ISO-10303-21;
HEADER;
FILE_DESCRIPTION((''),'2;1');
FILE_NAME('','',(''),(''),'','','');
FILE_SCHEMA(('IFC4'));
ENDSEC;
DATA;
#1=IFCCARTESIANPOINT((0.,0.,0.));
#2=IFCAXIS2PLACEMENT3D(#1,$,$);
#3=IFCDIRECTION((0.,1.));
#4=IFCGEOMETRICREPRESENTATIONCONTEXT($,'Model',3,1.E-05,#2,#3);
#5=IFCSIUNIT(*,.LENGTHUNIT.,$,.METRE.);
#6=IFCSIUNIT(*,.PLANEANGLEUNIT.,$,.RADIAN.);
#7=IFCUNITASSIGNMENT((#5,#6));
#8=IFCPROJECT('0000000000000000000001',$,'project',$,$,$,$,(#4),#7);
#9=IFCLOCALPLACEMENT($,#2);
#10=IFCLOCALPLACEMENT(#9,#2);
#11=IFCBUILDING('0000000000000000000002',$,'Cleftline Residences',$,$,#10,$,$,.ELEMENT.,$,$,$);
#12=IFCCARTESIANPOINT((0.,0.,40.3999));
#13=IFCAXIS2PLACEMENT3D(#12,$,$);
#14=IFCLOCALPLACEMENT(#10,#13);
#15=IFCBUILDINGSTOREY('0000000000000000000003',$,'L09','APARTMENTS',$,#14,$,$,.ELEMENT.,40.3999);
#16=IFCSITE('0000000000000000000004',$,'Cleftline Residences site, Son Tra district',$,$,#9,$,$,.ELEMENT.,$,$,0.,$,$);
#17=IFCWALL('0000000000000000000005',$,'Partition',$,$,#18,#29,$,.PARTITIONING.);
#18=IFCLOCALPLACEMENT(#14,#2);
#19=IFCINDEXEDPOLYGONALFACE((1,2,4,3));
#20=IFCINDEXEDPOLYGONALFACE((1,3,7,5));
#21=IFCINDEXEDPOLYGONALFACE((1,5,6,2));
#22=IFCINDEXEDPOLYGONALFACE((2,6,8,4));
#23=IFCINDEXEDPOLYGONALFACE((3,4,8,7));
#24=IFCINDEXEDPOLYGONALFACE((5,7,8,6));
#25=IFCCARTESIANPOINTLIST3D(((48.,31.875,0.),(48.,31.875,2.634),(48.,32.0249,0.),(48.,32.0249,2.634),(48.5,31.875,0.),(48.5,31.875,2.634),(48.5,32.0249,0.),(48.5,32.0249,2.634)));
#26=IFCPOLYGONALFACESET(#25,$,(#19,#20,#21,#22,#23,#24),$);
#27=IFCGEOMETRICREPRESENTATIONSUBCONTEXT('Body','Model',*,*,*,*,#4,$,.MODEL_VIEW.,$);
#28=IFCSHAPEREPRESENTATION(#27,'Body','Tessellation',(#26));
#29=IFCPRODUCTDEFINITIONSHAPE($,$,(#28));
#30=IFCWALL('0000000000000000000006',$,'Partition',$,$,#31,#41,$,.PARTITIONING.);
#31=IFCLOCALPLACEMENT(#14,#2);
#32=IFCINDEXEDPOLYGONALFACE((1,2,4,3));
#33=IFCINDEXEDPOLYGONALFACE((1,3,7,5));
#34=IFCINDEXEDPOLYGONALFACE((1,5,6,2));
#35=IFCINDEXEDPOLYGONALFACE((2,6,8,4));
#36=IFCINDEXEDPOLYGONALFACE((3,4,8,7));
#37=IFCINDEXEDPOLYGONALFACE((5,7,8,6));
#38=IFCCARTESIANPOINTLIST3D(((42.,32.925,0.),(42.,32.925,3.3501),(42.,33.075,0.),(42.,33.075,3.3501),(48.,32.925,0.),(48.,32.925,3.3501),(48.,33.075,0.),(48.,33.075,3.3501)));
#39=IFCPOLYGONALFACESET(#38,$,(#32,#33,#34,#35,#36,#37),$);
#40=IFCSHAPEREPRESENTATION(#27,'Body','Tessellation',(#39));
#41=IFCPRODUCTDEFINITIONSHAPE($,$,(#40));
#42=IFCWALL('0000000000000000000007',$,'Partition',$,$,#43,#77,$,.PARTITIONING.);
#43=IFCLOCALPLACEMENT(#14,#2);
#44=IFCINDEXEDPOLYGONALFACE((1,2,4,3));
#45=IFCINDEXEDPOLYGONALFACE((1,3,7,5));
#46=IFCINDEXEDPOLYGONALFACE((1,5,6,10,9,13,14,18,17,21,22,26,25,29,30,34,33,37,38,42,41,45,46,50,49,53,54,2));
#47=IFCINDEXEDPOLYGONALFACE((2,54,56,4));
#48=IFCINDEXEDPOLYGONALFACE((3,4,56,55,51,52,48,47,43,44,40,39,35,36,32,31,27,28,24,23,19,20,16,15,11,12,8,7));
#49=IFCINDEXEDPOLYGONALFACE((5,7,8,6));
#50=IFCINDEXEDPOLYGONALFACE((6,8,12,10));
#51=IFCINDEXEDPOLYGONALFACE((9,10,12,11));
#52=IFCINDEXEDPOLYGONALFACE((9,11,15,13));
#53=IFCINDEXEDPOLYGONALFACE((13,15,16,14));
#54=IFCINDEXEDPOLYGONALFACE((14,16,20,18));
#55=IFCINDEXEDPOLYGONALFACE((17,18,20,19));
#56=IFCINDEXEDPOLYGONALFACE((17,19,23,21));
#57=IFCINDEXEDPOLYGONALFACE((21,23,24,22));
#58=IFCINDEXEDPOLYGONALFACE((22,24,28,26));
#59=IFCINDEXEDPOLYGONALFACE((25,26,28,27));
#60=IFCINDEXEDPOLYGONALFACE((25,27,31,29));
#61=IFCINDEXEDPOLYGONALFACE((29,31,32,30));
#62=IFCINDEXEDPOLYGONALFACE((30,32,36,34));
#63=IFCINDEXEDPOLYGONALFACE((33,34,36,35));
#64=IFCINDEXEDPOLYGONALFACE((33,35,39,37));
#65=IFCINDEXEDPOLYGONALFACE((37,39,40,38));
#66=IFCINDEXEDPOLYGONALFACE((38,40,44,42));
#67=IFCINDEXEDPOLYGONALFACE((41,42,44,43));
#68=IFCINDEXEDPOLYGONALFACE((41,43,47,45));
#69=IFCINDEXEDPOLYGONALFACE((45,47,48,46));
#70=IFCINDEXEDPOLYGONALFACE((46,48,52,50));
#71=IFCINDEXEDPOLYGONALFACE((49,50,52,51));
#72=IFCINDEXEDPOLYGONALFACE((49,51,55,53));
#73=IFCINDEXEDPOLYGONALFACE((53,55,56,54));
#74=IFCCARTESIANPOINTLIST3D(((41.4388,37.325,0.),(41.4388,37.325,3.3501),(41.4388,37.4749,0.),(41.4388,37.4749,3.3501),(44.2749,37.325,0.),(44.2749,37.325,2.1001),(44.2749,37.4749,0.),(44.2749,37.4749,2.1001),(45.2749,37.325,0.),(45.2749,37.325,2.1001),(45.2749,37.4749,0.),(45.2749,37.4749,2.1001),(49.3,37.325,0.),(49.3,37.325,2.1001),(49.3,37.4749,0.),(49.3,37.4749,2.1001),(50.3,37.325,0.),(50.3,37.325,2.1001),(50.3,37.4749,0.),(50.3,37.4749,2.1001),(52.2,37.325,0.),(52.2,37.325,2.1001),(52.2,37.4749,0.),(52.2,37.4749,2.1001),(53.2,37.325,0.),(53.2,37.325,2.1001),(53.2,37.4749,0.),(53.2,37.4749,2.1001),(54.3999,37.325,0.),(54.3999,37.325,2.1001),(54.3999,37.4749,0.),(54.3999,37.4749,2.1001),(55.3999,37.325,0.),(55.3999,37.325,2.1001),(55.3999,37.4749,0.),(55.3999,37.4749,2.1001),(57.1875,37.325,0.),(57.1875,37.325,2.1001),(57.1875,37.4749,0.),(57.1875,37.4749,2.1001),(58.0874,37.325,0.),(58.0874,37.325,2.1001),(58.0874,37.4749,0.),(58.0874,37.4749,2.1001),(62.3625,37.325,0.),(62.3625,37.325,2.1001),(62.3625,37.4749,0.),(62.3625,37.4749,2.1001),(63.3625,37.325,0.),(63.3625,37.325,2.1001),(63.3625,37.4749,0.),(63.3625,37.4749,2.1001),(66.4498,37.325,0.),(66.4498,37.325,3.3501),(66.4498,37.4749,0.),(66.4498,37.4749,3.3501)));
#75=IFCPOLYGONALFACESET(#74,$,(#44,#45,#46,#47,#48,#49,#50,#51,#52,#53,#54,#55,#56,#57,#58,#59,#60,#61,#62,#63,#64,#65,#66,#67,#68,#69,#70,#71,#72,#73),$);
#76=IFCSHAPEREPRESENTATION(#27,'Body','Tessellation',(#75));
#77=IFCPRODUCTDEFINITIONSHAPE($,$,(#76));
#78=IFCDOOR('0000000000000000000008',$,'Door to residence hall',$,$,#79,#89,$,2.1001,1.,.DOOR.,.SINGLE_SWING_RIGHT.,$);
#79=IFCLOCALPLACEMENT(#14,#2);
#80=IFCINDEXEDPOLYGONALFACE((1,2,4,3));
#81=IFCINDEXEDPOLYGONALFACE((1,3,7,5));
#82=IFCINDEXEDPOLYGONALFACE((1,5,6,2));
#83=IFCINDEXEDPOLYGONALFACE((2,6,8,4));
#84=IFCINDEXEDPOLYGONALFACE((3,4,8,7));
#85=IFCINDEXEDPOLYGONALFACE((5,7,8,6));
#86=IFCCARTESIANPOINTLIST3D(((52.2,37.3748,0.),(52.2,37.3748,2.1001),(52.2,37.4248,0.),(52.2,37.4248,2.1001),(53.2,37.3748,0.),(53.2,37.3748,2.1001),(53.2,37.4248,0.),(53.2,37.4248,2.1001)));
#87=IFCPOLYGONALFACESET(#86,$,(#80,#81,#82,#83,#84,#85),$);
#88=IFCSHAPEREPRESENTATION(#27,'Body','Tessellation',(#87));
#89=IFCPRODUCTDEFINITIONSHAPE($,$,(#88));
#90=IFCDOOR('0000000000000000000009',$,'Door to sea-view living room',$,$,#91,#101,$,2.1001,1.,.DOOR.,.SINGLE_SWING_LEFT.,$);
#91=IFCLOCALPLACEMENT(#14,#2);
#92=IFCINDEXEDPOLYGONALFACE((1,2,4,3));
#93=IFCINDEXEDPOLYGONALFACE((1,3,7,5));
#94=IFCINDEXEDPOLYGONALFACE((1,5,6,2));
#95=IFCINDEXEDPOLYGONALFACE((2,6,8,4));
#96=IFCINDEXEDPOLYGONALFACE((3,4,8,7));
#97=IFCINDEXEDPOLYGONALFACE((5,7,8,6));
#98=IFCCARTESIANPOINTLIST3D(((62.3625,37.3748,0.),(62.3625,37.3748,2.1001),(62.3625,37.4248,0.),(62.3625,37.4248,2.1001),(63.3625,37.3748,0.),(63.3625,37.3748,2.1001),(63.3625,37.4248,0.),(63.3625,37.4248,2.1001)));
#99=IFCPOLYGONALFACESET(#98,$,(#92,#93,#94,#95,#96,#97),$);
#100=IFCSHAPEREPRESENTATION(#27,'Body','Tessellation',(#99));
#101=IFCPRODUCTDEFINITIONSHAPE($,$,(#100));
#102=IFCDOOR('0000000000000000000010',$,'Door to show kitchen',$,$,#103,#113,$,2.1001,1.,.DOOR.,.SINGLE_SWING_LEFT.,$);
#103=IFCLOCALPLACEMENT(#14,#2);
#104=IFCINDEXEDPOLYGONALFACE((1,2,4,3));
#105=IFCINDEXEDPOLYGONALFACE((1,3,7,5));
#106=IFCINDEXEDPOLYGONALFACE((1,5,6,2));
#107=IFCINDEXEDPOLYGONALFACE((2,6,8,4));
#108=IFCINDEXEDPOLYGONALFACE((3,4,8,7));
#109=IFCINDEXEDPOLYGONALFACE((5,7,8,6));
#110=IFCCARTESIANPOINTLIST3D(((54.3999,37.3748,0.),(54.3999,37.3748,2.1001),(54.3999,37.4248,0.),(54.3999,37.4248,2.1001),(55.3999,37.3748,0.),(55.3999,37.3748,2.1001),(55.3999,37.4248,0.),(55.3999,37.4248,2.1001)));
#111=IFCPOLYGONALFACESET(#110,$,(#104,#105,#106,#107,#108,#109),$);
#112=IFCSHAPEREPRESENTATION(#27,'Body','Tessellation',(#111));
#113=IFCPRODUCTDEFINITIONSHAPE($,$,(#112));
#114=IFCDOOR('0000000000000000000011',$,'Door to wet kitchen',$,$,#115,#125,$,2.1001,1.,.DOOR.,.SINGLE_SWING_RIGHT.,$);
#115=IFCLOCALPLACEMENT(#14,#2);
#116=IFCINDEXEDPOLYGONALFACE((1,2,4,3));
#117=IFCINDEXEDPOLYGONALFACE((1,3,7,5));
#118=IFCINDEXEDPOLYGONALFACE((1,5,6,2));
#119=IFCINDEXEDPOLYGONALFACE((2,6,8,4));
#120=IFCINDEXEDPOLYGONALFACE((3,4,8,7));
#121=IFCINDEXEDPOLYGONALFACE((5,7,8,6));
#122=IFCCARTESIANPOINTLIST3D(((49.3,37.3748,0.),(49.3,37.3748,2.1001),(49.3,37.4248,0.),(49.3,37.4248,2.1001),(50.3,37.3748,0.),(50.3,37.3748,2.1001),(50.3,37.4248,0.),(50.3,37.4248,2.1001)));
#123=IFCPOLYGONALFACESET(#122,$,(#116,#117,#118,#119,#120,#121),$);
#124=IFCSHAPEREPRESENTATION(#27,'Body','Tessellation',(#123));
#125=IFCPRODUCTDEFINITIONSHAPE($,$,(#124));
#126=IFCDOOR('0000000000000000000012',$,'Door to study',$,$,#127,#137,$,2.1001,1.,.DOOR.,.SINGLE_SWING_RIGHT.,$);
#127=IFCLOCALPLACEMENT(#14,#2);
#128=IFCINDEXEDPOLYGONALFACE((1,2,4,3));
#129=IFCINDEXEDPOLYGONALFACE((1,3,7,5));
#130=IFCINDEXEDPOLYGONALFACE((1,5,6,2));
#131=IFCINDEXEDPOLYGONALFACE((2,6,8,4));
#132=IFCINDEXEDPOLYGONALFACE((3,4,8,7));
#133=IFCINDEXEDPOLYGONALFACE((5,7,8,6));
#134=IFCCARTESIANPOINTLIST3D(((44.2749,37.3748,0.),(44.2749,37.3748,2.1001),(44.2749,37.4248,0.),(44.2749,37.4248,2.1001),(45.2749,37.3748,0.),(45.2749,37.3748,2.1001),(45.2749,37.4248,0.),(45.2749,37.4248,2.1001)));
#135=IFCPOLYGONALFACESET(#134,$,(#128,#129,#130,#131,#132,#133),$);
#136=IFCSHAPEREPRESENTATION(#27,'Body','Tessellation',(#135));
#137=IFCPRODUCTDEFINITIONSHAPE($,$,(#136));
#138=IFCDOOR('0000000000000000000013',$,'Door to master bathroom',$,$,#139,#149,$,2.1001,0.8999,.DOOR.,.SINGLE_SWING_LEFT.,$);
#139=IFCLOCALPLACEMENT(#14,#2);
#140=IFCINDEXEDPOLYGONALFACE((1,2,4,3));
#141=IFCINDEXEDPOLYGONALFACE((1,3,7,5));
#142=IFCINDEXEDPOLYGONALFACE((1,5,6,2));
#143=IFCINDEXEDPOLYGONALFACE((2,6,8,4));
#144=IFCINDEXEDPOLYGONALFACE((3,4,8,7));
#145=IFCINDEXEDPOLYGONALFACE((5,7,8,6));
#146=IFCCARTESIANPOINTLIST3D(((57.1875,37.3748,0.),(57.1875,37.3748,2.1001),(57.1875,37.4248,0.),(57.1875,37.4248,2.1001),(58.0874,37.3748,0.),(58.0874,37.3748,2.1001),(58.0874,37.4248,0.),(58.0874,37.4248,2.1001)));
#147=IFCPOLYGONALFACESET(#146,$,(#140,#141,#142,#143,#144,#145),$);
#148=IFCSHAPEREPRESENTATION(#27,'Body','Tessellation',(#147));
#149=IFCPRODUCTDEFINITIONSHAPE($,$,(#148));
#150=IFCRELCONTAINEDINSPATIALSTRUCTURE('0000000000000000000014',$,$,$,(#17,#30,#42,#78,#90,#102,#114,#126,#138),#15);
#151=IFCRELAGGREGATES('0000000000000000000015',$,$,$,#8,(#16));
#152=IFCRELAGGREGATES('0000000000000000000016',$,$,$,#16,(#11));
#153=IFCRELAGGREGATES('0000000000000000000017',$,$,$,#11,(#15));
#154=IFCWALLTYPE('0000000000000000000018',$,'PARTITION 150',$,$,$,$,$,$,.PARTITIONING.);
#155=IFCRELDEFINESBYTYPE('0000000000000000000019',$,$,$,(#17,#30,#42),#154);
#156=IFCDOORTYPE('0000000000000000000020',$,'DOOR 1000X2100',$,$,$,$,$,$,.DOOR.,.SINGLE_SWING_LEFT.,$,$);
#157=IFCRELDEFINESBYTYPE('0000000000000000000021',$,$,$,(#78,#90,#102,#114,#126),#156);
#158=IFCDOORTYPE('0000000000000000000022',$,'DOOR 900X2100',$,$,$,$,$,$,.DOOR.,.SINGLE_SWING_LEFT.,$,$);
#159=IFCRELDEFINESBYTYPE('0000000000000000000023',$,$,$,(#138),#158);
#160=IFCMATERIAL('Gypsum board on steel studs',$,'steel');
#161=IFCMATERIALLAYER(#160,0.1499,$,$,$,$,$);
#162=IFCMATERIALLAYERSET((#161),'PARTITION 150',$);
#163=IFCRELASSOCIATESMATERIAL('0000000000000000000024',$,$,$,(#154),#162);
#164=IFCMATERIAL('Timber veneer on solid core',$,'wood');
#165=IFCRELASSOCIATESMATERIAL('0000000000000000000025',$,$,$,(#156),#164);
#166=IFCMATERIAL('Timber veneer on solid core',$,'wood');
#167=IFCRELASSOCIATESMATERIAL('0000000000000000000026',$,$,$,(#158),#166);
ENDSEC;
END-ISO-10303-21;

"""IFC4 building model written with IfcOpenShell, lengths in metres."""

from ifc_helpers import new_model, si_unit, direction, frame, frame_2d, origin, place, context, subcontext, project, spatial, rectangle, extrude, material, layer, layer_set, type_object, element, fill, save


model = new_model("IFC4")

# Units and contexts
model_context = context("Model", 3, precision=1e-05, world=origin(), true_north=direction((0.0, 1.0)))
body_context = subcontext(model_context, "Body", "Model", "MODEL_VIEW")
ifc_project = project(units=[si_unit("LENGTHUNIT", "METRE"), si_unit("PLANEANGLEUNIT", "RADIAN")], contexts=[model_context])

# Site, building, storey
site_placement = place(None, origin())
site = spatial("IfcSite", under=ifc_project, at=site_placement, Name="Cleftline Residences site, Son Tra district", CompositionType="ELEMENT", RefElevation=0.0)
building_placement = place(site_placement, origin())
building = spatial("IfcBuilding", under=site, at=building_placement, Name="Cleftline Residences", CompositionType="ELEMENT")
storey_placement = place(building_placement, frame((0.0, 0.0, 40.3999)))
storey = spatial("IfcBuildingStorey", under=building, at=storey_placement, Name="L09", Description="APARTMENTS", CompositionType="ELEMENT", Elevation=40.3999)

# Shared definitions
ifc_material_1 = material(Name="Gypsum board on steel studs", Category="steel")
ifc_layer_1 = layer(ifc_material_1, 0.1499)
ifc_layer_set_1 = layer_set([ifc_layer_1], Name="PARTITION 150")
wall_type_1 = type_object("IfcWallType", Name="PARTITION 150", PredefinedType="PARTITIONING", material=ifc_layer_set_1)
ifc_material_2 = material(Name="Timber veneer on solid core", Category="wood")
door_type_1 = type_object("IfcDoorType", Name="DOOR 1000X2100", OperationType="SINGLE_SWING_LEFT", PredefinedType="DOOR", material=ifc_material_2)

# Walls
wall_1_placement = place(storey_placement, frame((48.0, 31.95, 0.0), z_axis=(0.0, 0.0, 1.0), x_axis=(1.0, 0.0, 0.0)))
element("IfcWall", 1, at=wall_1_placement, inside=storey, type_object=wall_type_1, Name="Partition", PredefinedType="PARTITIONING", context=body_context, shape_type="SweptSolid", body=[
    extrude(rectangle(XDim=0.5, YDim=0.1499, at=frame_2d((0.25, 0.0))), origin(), (0.0, 0.0, 1.0), 2.634),
])
wall_2_placement = place(storey_placement, frame((42.0, 33.0, 0.0), z_axis=(0.0, 0.0, 1.0), x_axis=(1.0, 0.0, 0.0)))
element("IfcWall", 2, at=wall_2_placement, inside=storey, type_object=wall_type_1, Name="Partition", PredefinedType="PARTITIONING", context=body_context, shape_type="SweptSolid", body=[
    extrude(rectangle(XDim=6.0, YDim=0.1499, at=frame_2d((3.0, 0.0))), origin(), (0.0, 0.0, 1.0), 3.3501),
])

# Wall, openings, doors
wall_3_placement = place(storey_placement, frame((41.439, 37.3999, 0.0), z_axis=(0.0, 0.0, 1.0), x_axis=(1.0, 0.0, 0.0)))
wall_3 = element("IfcWall", 3, at=wall_3_placement, inside=storey, type_object=wall_type_1, Name="Partition", PredefinedType="PARTITIONING", context=body_context, shape_type="SweptSolid", body=[
    extrude(rectangle(XDim=25.011, YDim=0.1499, at=frame_2d((12.5054, 0.0))), origin(), (0.0, 0.0, 1.0), 3.3501),
])
opening_1_placement = place(wall_3_placement, frame((10.761, 0.0, 0.0)))
opening_1 = element("IfcOpeningElement", 4, at=opening_1_placement, cuts=wall_3, PredefinedType="OPENING", context=body_context, shape_type="SweptSolid", body=[
    extrude(rectangle(XDim=1.0, YDim=2.1001, at=frame_2d((0.5, 1.05))), frame((0.0, 0.085, 0.0), z_axis=(0.0, -1.0, 0.0), x_axis=(1.0, 0.0, 0.0)), (0.0, 0.0, 1.0), 0.1699),
])
opening_2_placement = place(wall_3_placement, frame((20.9236, 0.0, 0.0)))
opening_2 = element("IfcOpeningElement", 5, at=opening_2_placement, cuts=wall_3, PredefinedType="OPENING", context=body_context, shape_type="SweptSolid", body=[
    extrude(rectangle(XDim=1.0, YDim=2.1001, at=frame_2d((0.5, 1.05))), frame((0.0, 0.085, 0.0), z_axis=(0.0, -1.0, 0.0), x_axis=(1.0, 0.0, 0.0)), (0.0, 0.0, 1.0), 0.1699),
])
opening_3_placement = place(wall_3_placement, frame((15.7485, 0.0, 0.0)))
opening_3 = element("IfcOpeningElement", 6, at=opening_3_placement, cuts=wall_3, PredefinedType="OPENING", context=body_context, shape_type="SweptSolid", body=[
    extrude(rectangle(XDim=0.8999, YDim=2.1001, at=frame_2d((0.45, 1.05))), frame((0.0, 0.085, 0.0), z_axis=(0.0, -1.0, 0.0), x_axis=(1.0, 0.0, 0.0)), (0.0, 0.0, 1.0), 0.1699),
])
opening_4_placement = place(wall_3_placement, frame((12.9609, 0.0, 0.0)))
opening_4 = element("IfcOpeningElement", 7, at=opening_4_placement, cuts=wall_3, PredefinedType="OPENING", context=body_context, shape_type="SweptSolid", body=[
    extrude(rectangle(XDim=1.0, YDim=2.1001, at=frame_2d((0.5, 1.05))), frame((0.0, 0.085, 0.0), z_axis=(0.0, -1.0, 0.0), x_axis=(1.0, 0.0, 0.0)), (0.0, 0.0, 1.0), 0.1699),
])
opening_5_placement = place(wall_3_placement, frame((7.8611, 0.0, 0.0)))
opening_5 = element("IfcOpeningElement", 8, at=opening_5_placement, cuts=wall_3, PredefinedType="OPENING", context=body_context, shape_type="SweptSolid", body=[
    extrude(rectangle(XDim=1.0, YDim=2.1001, at=frame_2d((0.5, 1.05))), frame((0.0, 0.085, 0.0), z_axis=(0.0, -1.0, 0.0), x_axis=(1.0, 0.0, 0.0)), (0.0, 0.0, 1.0), 0.1699),
])
opening_6_placement = place(wall_3_placement, frame((2.8359, 0.0, 0.0)))
opening_6 = element("IfcOpeningElement", 9, at=opening_6_placement, cuts=wall_3, PredefinedType="OPENING", context=body_context, shape_type="SweptSolid", body=[
    extrude(rectangle(XDim=1.0, YDim=2.1001, at=frame_2d((0.5, 1.05))), frame((0.0, 0.085, 0.0), z_axis=(0.0, -1.0, 0.0), x_axis=(1.0, 0.0, 0.0)), (0.0, 0.0, 1.0), 0.1699),
])
door_1_placement = place(opening_1_placement, origin())
door_1 = element("IfcDoor", 10, at=door_1_placement, inside=storey, type_object=door_type_1, Name="Door to residence hall", OperationType="SINGLE_SWING_RIGHT", OverallHeight=2.1001, OverallWidth=1.0, PredefinedType="DOOR", context=body_context, shape_type="SweptSolid", body=[
    extrude(rectangle(XDim=1.0, YDim=2.1001, at=frame_2d((0.5, 1.05))), frame((0.0, 0.0249, 0.0), z_axis=(0.0, -1.0, 0.0), x_axis=(1.0, 0.0, 0.0)), (0.0, 0.0, 1.0), 0.05),
])
fill(opening_1, door_1)
door_2_placement = place(opening_2_placement, origin())
door_2 = element("IfcDoor", 11, at=door_2_placement, inside=storey, type_object=door_type_1, Name="Door to sea-view living room", OperationType="SINGLE_SWING_LEFT", OverallHeight=2.1001, OverallWidth=1.0, PredefinedType="DOOR", context=body_context, shape_type="SweptSolid", body=[
    extrude(rectangle(XDim=1.0, YDim=2.1001, at=frame_2d((0.5, 1.05))), frame((0.0, 0.0249, 0.0), z_axis=(0.0, -1.0, 0.0), x_axis=(1.0, 0.0, 0.0)), (0.0, 0.0, 1.0), 0.05),
])
fill(opening_2, door_2)
door_3_placement = place(opening_4_placement, origin())
door_3 = element("IfcDoor", 12, at=door_3_placement, inside=storey, type_object=door_type_1, Name="Door to show kitchen", OperationType="SINGLE_SWING_LEFT", OverallHeight=2.1001, OverallWidth=1.0, PredefinedType="DOOR", context=body_context, shape_type="SweptSolid", body=[
    extrude(rectangle(XDim=1.0, YDim=2.1001, at=frame_2d((0.5, 1.05))), frame((0.0, 0.0249, 0.0), z_axis=(0.0, -1.0, 0.0), x_axis=(1.0, 0.0, 0.0)), (0.0, 0.0, 1.0), 0.05),
])
fill(opening_4, door_3)
door_4_placement = place(opening_5_placement, origin())
door_4 = element("IfcDoor", 13, at=door_4_placement, inside=storey, type_object=door_type_1, Name="Door to wet kitchen", OperationType="SINGLE_SWING_RIGHT", OverallHeight=2.1001, OverallWidth=1.0, PredefinedType="DOOR", context=body_context, shape_type="SweptSolid", body=[
    extrude(rectangle(XDim=1.0, YDim=2.1001, at=frame_2d((0.5, 1.05))), frame((0.0, 0.0249, 0.0), z_axis=(0.0, -1.0, 0.0), x_axis=(1.0, 0.0, 0.0)), (0.0, 0.0, 1.0), 0.05),
])
fill(opening_5, door_4)
door_5_placement = place(opening_6_placement, origin())
door_5 = element("IfcDoor", 14, at=door_5_placement, inside=storey, type_object=door_type_1, Name="Door to study", OperationType="SINGLE_SWING_RIGHT", OverallHeight=2.1001, OverallWidth=1.0, PredefinedType="DOOR", context=body_context, shape_type="SweptSolid", body=[
    extrude(rectangle(XDim=1.0, YDim=2.1001, at=frame_2d((0.5, 1.05))), frame((0.0, 0.0249, 0.0), z_axis=(0.0, -1.0, 0.0), x_axis=(1.0, 0.0, 0.0)), (0.0, 0.0, 1.0), 0.05),
])
fill(opening_6, door_5)
ifc_material_3 = material(Name="Timber veneer on solid core", Category="wood")
door_type_2 = type_object("IfcDoorType", Name="DOOR 900X2100", OperationType="SINGLE_SWING_LEFT", PredefinedType="DOOR", material=ifc_material_3)
door_6_placement = place(opening_3_placement, origin())
door_6 = element("IfcDoor", 15, at=door_6_placement, inside=storey, type_object=door_type_2, Name="Door to master bathroom", OperationType="SINGLE_SWING_LEFT", OverallHeight=2.1001, OverallWidth=0.8999, PredefinedType="DOOR", context=body_context, shape_type="SweptSolid", body=[
    extrude(rectangle(XDim=0.8999, YDim=2.1001, at=frame_2d((0.45, 1.05))), frame((0.0, 0.0249, 0.0), z_axis=(0.0, -1.0, 0.0), x_axis=(1.0, 0.0, 0.0)), (0.0, 0.0, 1.0), 0.05),
])
fill(opening_3, door_6)

save(model, "model.ifc")
